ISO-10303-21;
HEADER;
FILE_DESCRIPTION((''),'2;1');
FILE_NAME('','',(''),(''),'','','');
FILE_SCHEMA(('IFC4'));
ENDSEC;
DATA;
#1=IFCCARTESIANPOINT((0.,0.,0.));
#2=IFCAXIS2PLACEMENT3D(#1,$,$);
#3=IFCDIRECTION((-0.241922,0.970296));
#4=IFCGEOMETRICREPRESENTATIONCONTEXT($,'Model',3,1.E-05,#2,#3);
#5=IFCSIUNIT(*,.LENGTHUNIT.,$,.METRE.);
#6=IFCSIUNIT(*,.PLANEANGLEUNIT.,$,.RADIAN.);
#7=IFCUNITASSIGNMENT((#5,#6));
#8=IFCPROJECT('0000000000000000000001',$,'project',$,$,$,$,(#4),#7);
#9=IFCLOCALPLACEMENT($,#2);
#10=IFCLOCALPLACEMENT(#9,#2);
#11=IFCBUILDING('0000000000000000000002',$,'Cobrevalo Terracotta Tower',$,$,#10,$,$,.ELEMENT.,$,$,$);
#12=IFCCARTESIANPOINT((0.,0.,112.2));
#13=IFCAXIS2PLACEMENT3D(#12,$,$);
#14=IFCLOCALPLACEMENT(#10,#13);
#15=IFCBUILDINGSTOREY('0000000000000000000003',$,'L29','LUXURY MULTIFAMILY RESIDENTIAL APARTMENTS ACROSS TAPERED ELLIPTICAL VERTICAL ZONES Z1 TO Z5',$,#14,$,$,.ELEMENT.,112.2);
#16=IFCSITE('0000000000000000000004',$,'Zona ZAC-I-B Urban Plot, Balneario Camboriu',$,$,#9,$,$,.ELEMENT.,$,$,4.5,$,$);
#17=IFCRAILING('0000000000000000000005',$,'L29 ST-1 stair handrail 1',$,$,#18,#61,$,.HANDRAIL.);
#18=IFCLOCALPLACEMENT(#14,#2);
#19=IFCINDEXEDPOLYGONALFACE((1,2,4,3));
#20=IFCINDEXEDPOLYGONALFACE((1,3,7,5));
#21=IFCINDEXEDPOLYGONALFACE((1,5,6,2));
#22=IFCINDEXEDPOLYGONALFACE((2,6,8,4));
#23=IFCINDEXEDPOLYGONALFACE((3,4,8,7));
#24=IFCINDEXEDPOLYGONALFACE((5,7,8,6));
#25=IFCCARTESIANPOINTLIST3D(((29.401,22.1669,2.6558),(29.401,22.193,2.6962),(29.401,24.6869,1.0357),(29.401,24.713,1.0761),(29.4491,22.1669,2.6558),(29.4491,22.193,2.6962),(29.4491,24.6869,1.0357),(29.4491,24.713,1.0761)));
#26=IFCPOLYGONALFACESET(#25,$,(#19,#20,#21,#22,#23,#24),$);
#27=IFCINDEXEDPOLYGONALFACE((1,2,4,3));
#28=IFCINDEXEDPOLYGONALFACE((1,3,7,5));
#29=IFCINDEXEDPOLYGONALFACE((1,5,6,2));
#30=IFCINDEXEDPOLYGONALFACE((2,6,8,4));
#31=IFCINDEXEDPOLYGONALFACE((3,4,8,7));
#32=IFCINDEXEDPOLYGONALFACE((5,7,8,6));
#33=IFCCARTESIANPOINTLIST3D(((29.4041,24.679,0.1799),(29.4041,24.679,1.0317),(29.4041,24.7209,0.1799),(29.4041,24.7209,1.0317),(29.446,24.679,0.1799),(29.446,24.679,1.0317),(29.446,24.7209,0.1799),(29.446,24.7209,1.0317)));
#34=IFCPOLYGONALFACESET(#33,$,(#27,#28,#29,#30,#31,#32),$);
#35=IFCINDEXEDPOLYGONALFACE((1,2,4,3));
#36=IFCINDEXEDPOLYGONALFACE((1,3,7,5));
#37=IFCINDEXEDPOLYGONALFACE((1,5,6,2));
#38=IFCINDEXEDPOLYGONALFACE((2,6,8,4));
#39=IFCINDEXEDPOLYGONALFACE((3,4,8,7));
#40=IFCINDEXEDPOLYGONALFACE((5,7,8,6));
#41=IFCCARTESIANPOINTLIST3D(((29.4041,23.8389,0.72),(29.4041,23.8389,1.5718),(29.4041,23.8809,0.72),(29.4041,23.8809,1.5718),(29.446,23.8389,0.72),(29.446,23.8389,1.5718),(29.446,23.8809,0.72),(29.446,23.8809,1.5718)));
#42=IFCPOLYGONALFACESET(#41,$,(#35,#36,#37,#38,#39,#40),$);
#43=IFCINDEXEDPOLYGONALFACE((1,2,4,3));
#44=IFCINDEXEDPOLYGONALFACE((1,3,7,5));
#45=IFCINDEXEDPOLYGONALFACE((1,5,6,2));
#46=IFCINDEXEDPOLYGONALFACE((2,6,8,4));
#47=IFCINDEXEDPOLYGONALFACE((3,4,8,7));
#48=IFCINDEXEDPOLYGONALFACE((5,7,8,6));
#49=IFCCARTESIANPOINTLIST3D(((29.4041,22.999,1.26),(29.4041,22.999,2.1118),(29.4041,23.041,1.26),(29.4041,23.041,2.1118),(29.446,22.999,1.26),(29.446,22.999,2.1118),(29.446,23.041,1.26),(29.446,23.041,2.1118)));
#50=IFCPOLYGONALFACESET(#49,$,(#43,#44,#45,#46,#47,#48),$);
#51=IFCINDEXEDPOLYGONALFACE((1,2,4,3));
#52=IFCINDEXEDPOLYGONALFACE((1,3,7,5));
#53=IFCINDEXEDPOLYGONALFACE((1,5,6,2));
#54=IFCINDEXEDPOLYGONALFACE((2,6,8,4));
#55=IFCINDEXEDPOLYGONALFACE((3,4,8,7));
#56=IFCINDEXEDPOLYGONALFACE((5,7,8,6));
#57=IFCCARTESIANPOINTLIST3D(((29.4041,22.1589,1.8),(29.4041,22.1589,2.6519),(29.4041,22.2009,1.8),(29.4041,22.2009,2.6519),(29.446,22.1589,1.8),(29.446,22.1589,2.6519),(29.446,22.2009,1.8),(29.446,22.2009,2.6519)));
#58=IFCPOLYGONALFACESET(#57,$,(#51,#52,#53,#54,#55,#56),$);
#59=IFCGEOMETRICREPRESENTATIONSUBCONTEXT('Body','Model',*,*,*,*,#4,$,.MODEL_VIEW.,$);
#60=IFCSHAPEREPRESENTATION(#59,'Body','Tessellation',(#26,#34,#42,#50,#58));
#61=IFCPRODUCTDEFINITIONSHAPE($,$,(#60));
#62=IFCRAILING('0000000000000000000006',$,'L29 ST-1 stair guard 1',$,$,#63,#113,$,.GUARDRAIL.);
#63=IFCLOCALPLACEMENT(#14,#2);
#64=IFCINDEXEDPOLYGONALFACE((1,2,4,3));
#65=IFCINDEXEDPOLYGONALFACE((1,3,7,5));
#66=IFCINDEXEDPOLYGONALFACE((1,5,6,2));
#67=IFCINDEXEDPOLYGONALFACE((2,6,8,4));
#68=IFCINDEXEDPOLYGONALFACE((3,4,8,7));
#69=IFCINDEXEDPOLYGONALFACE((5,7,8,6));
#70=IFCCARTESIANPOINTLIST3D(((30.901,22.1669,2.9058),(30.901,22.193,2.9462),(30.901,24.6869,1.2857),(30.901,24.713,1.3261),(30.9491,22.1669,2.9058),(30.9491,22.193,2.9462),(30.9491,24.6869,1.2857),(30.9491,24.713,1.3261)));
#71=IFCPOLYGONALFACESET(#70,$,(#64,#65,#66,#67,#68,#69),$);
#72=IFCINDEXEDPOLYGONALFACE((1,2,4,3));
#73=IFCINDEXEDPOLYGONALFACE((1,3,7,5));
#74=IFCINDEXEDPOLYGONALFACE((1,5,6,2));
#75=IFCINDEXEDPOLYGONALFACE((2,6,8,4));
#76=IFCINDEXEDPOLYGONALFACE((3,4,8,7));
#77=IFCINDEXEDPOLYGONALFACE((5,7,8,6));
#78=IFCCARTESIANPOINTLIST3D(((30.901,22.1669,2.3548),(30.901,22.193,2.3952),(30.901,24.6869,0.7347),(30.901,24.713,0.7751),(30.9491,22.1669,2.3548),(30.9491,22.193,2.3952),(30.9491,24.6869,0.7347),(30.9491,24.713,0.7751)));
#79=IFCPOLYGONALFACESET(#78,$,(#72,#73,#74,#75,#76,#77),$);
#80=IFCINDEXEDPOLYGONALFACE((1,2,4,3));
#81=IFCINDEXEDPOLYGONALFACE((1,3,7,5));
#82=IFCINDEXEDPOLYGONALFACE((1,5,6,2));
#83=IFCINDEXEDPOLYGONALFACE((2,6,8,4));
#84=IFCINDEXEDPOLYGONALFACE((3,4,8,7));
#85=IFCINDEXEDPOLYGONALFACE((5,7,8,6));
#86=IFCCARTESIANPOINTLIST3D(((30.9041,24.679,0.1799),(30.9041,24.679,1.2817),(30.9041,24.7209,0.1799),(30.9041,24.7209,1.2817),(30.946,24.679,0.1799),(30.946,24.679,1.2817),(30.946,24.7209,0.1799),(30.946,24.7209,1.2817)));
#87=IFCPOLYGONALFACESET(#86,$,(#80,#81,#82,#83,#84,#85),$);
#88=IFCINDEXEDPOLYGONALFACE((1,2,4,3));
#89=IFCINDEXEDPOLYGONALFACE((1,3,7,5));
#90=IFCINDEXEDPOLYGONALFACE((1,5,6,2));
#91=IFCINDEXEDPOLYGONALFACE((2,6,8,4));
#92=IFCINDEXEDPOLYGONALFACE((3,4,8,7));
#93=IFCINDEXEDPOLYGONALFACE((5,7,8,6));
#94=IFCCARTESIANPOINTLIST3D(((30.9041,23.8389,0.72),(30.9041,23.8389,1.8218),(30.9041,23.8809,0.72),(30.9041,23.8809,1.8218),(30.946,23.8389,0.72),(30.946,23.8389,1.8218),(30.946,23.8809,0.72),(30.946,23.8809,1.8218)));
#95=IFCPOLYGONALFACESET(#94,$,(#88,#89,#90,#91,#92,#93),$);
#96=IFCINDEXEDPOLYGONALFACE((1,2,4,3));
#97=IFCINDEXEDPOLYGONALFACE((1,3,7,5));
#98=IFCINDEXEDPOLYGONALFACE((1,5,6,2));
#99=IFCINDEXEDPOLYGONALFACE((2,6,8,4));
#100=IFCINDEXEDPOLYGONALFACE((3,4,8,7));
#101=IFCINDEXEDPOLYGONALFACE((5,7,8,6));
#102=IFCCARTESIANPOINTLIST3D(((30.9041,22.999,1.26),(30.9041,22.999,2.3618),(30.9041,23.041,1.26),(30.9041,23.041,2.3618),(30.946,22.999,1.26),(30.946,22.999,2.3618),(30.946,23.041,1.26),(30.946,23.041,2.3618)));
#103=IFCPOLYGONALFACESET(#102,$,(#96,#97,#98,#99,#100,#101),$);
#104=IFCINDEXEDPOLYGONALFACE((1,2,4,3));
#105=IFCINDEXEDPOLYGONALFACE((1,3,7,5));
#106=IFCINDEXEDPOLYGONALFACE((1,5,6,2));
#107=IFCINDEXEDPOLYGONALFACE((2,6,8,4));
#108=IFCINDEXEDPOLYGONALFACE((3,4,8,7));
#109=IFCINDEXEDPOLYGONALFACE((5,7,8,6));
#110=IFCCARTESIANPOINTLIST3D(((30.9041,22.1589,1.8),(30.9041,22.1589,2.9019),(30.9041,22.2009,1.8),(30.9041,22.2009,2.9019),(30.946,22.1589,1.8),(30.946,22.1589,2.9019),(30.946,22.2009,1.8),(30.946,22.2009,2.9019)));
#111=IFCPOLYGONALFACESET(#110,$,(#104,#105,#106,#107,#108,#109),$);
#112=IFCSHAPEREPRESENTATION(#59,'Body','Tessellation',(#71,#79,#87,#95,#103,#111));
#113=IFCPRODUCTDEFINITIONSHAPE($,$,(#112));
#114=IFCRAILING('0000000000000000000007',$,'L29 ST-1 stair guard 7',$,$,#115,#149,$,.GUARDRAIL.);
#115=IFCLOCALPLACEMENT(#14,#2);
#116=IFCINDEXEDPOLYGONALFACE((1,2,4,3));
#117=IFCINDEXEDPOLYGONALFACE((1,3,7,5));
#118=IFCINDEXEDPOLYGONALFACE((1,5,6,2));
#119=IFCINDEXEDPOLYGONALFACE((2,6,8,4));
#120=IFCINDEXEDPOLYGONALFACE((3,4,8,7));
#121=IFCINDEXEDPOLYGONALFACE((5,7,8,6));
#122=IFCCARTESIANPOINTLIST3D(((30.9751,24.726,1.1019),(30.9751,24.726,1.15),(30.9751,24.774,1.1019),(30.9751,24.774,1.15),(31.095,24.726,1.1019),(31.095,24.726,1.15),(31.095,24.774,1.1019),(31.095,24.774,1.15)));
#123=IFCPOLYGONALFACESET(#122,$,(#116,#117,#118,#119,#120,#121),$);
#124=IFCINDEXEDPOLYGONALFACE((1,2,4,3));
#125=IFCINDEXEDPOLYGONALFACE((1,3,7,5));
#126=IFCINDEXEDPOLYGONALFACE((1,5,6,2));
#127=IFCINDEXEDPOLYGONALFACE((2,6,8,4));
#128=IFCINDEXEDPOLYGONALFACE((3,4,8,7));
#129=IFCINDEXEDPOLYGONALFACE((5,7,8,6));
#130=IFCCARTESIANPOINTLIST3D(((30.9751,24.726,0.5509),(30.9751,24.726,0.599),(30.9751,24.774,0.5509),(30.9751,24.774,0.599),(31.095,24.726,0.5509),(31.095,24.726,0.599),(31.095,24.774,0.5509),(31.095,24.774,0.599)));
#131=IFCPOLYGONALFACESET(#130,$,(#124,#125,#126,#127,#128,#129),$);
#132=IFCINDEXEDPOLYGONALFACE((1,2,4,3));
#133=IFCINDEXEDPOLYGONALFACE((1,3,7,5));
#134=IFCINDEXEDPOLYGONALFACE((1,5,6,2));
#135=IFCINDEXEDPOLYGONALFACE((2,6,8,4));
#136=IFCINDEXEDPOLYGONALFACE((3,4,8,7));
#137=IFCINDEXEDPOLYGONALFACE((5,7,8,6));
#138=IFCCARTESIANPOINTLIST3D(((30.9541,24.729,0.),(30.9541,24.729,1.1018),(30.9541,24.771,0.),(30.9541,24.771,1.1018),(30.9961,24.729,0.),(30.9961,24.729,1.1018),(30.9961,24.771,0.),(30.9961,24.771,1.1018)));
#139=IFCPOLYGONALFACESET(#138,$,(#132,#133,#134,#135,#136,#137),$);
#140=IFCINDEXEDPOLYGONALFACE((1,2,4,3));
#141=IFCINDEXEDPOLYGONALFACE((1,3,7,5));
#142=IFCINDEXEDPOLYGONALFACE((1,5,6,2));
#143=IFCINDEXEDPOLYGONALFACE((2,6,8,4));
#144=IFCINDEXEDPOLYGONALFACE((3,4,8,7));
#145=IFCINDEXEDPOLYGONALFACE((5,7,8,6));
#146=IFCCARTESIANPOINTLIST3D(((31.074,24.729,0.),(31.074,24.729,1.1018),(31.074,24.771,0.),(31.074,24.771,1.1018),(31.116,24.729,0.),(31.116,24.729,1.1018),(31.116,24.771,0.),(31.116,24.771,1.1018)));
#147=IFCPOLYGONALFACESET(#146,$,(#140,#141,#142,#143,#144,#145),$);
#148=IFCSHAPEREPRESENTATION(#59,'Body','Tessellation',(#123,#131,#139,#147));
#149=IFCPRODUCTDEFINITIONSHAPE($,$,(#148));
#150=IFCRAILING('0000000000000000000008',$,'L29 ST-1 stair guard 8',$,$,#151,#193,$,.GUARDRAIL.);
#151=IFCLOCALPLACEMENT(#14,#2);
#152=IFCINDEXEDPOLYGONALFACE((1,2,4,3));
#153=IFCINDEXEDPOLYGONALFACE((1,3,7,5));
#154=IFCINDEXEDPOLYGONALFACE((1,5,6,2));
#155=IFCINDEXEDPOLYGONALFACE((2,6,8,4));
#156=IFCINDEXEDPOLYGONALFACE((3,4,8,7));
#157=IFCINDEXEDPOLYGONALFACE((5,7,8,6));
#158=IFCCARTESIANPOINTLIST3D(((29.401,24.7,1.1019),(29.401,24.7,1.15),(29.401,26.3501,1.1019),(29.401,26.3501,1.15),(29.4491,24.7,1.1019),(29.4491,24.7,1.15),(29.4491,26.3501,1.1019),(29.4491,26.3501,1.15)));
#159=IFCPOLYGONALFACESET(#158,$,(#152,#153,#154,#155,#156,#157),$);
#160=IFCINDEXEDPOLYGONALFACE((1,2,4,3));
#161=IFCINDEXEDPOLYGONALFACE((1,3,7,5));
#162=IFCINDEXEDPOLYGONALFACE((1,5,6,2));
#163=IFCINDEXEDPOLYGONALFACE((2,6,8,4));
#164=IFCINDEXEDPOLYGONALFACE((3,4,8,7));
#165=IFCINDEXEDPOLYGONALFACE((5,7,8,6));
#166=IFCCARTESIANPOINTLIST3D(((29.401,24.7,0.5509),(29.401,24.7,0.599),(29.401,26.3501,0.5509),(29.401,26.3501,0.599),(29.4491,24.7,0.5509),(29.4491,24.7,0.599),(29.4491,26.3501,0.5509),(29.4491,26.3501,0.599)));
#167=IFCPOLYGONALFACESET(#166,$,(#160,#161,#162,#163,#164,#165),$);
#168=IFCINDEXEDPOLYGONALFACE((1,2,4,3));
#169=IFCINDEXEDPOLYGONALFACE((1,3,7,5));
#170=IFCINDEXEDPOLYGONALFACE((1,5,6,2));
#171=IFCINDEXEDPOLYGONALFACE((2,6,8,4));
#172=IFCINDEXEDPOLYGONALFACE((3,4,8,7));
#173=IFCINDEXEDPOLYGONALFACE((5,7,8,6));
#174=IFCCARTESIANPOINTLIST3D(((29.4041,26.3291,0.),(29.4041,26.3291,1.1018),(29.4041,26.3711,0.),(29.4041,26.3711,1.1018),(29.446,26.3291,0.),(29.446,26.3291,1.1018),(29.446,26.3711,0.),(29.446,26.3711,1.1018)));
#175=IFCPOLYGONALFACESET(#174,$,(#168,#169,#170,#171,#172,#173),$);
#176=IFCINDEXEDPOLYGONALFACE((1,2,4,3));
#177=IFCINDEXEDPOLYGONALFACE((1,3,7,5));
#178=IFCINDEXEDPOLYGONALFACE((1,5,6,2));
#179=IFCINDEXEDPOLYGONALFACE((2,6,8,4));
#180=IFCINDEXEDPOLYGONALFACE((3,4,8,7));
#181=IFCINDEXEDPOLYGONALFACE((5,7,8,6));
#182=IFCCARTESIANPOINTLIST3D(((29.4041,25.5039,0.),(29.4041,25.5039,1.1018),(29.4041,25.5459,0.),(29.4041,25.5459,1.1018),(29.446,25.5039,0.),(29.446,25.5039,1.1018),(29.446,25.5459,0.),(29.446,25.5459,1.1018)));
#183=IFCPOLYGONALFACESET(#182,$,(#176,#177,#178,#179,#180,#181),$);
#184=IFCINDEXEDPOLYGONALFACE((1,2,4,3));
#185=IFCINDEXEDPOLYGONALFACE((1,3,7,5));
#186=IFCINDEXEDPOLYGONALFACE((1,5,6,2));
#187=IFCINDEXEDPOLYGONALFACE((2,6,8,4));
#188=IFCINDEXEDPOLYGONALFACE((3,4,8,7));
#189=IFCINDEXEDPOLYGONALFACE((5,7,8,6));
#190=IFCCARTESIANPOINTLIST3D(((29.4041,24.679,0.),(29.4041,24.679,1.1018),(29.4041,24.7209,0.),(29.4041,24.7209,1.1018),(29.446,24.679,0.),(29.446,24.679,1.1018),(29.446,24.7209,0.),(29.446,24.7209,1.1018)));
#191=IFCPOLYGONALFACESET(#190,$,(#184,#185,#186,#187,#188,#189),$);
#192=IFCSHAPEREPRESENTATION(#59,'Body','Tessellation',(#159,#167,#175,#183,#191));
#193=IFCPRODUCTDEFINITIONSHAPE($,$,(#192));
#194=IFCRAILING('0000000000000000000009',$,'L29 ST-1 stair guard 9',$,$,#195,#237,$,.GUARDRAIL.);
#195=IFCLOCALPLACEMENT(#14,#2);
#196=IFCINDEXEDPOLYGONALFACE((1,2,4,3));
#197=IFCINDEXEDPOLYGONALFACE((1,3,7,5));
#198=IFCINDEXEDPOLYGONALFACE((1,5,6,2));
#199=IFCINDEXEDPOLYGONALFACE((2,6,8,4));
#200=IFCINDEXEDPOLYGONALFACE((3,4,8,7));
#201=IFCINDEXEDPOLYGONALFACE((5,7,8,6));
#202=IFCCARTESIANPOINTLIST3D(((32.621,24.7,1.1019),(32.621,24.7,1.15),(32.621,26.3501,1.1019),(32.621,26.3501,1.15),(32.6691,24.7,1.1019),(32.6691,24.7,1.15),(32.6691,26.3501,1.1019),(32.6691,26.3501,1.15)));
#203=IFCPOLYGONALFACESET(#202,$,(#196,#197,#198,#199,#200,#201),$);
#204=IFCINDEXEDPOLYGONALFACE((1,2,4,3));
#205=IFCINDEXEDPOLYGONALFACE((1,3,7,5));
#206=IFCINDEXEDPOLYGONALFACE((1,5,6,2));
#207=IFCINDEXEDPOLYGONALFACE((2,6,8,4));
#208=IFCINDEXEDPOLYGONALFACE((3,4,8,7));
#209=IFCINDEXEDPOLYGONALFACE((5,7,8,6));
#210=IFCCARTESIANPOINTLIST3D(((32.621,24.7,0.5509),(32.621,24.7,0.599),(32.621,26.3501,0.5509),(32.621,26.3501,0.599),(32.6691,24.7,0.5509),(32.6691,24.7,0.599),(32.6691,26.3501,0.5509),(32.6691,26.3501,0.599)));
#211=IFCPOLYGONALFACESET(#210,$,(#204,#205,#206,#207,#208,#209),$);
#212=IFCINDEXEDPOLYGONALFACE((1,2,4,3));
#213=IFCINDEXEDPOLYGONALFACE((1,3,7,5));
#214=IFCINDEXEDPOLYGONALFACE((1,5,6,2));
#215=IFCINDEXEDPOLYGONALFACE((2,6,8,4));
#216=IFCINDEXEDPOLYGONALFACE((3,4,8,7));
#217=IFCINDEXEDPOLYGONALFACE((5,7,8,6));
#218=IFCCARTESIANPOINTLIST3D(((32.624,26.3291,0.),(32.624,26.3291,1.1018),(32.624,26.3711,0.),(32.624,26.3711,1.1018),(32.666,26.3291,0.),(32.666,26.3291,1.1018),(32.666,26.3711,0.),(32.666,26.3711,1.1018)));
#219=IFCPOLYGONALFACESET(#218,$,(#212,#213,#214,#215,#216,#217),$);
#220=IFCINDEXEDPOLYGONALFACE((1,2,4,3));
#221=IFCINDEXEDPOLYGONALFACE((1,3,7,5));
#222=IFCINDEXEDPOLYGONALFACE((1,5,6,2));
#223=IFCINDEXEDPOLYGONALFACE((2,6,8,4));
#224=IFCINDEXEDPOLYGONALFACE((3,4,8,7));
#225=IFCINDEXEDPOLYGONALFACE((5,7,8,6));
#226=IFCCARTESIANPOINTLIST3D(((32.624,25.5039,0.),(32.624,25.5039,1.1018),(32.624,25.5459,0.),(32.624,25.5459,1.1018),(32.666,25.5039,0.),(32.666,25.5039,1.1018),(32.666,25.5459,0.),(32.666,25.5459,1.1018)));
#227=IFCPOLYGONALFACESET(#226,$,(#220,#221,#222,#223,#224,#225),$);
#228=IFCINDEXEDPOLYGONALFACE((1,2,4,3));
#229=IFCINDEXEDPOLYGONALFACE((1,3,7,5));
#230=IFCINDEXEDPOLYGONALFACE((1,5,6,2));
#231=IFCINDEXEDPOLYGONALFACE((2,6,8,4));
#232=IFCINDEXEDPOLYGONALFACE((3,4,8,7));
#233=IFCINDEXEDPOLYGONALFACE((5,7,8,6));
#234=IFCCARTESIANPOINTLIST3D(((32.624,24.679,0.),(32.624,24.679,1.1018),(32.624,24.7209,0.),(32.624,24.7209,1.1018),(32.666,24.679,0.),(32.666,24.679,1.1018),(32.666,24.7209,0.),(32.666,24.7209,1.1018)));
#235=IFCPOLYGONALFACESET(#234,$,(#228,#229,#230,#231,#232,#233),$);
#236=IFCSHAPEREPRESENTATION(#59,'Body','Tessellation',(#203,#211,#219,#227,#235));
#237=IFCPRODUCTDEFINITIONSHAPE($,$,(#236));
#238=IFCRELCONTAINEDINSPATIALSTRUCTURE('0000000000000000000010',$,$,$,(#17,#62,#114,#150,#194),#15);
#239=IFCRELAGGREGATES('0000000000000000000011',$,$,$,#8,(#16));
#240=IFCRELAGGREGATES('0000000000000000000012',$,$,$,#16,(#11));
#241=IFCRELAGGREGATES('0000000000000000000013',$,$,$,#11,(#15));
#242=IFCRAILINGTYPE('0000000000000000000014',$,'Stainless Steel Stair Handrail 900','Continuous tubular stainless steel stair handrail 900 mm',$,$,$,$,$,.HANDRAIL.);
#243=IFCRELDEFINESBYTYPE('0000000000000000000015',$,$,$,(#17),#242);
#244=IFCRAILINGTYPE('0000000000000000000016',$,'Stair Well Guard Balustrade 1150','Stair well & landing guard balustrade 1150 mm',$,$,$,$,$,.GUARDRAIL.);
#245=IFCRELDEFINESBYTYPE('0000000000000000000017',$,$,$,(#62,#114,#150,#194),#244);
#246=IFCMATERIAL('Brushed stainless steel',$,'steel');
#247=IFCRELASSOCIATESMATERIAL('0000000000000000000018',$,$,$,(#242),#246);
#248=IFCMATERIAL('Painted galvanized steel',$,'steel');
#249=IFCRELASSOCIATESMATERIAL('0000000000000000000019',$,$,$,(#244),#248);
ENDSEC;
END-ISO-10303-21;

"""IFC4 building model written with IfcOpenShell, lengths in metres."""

from ifc_helpers import new_model, si_unit, direction, frame, origin, origin_2d, place, context, subcontext, project, spatial, rectangle, extrude, material, type_object, element, save


model = new_model("IFC4")

# Units and contexts
model_context = context("Model", 3, precision=1e-05, world=origin(), true_north=direction((-0.241922, 0.970296)))
body_context = subcontext(model_context, "Body", "Model", "MODEL_VIEW")
ifc_project = project(units=[si_unit("LENGTHUNIT", "METRE"), si_unit("PLANEANGLEUNIT", "RADIAN")], contexts=[model_context])

# Site, building, storey
site_placement = place(None, origin())
site = spatial("IfcSite", under=ifc_project, at=site_placement, Name="Zona ZAC-I-B Urban Plot, Balneario Camboriu", CompositionType="ELEMENT", RefElevation=4.5)
building_placement = place(site_placement, origin())
building = spatial("IfcBuilding", under=site, at=building_placement, Name="Cobrevalo Terracotta Tower", CompositionType="ELEMENT")
storey_placement = place(building_placement, frame((0.0, 0.0, 112.2)))
storey = spatial("IfcBuildingStorey", under=building, at=storey_placement, Name="L29", Description="LUXURY MULTIFAMILY RESIDENTIAL APARTMENTS ACROSS TAPERED ELLIPTICAL VERTICAL ZONES Z1 TO Z5", CompositionType="ELEMENT", Elevation=112.2)

# Shared definitions
ifc_material_1 = material(Name="Brushed stainless steel", Category="steel")

# Railings
railing_type_1 = type_object("IfcRailingType", Name="Stainless Steel Stair Handrail 900", Description="Continuous tubular stainless steel stair handrail 900 mm", PredefinedType="HANDRAIL", material=ifc_material_1)
railing_1_placement = place(storey_placement, frame((29.425, 24.7, 0.1799)))
element("IfcRailing", 1, at=railing_1_placement, inside=storey, type_object=railing_type_1, Name="L29 ST-1 stair handrail 1", PredefinedType="HANDRAIL", context=body_context, shape_type="SweptSolid", body=[
    extrude(rectangle(XDim=0.0481, YDim=0.0481, at=origin_2d()), frame((0.0, 0.0, 0.876), z_axis=(0.0, -0.841163, 0.540782), x_axis=(1.0, 0.0, 0.0)), (0.0, 0.0, 1.0), 2.9958),
    extrude(rectangle(XDim=0.042, YDim=0.042, at=origin_2d()), origin(), (0.0, 0.0, 1.0), 0.8518),
    extrude(rectangle(XDim=0.042, YDim=0.042, at=origin_2d()), frame((0.0, -0.8401, 0.54)), (0.0, 0.0, 1.0), 0.8518),
    extrude(rectangle(XDim=0.042, YDim=0.042, at=origin_2d()), frame((0.0, -1.6799, 1.0801)), (0.0, 0.0, 1.0), 0.8518),
    extrude(rectangle(XDim=0.042, YDim=0.042, at=origin_2d()), frame((0.0, -2.52, 1.6201)), (0.0, 0.0, 1.0), 0.8518),
])
ifc_material_2 = material(Name="Painted galvanized steel", Category="steel")
railing_type_2 = type_object("IfcRailingType", Name="Stair Well Guard Balustrade 1150", Description="Stair well & landing guard balustrade 1150 mm", PredefinedType="GUARDRAIL", material=ifc_material_2)
railing_2_placement = place(storey_placement, frame((30.925, 24.7, 0.1799)))
element("IfcRailing", 2, at=railing_2_placement, inside=storey, type_object=railing_type_2, Name="L29 ST-1 stair guard 1", PredefinedType="GUARDRAIL", context=body_context, shape_type="SweptSolid", body=[
    extrude(rectangle(XDim=0.0481, YDim=0.0481, at=origin_2d()), frame((0.0, 0.0, 1.126), z_axis=(0.0, -0.841163, 0.540782), x_axis=(1.0, 0.0, 0.0)), (0.0, 0.0, 1.0), 2.9958),
    extrude(rectangle(XDim=0.0481, YDim=0.0481, at=origin_2d()), frame((0.0, 0.0, 0.575), z_axis=(0.0, -0.841163, 0.540782), x_axis=(1.0, 0.0, 0.0)), (0.0, 0.0, 1.0), 2.9958),
    extrude(rectangle(XDim=0.042, YDim=0.042, at=origin_2d()), origin(), (0.0, 0.0, 1.0), 1.1018),
    extrude(rectangle(XDim=0.042, YDim=0.042, at=origin_2d()), frame((0.0, -0.8401, 0.54)), (0.0, 0.0, 1.0), 1.1018),
    extrude(rectangle(XDim=0.042, YDim=0.042, at=origin_2d()), frame((0.0, -1.6799, 1.0801)), (0.0, 0.0, 1.0), 1.1018),
    extrude(rectangle(XDim=0.042, YDim=0.042, at=origin_2d()), frame((0.0, -2.52, 1.6201)), (0.0, 0.0, 1.0), 1.1018),
])
railing_3_placement = place(storey_placement, frame((30.9751, 24.75, 0.0)))
element("IfcRailing", 3, at=railing_3_placement, inside=storey, type_object=railing_type_2, Name="L29 ST-1 stair guard 7", PredefinedType="GUARDRAIL", context=body_context, shape_type="SweptSolid", body=[
    extrude(rectangle(XDim=0.0481, YDim=0.0481, at=origin_2d()), frame((0.0, 0.0, 1.126), z_axis=(1.0, 0.0, 0.0), x_axis=(0.0, 1.0, 0.0)), (0.0, 0.0, 1.0), 0.1199),
    extrude(rectangle(XDim=0.0481, YDim=0.0481, at=origin_2d()), frame((0.0, 0.0, 0.575), z_axis=(1.0, 0.0, 0.0), x_axis=(0.0, 1.0, 0.0)), (0.0, 0.0, 1.0), 0.1199),
    extrude(rectangle(XDim=0.042, YDim=0.042, at=origin_2d()), origin(), (0.0, 0.0, 1.0), 1.1018),
    extrude(rectangle(XDim=0.042, YDim=0.042, at=origin_2d()), frame((0.1199, 0.0, 0.0)), (0.0, 0.0, 1.0), 1.1018),
])
for number, where, name in (
    (4, (29.425, 26.3501, 0.0), "L29 ST-1 stair guard 8"),
    (5, (32.645, 26.3501, 0.0), "L29 ST-1 stair guard 9"),
):
    element("IfcRailing", number, at=place(storey_placement, frame(where)), inside=storey, type_object=railing_type_2, Name=name, PredefinedType="GUARDRAIL", context=body_context, shape_type="SweptSolid", body=[
        extrude(rectangle(XDim=0.0481, YDim=0.0481, at=origin_2d()), frame((0.0, 0.0, 1.126), z_axis=(0.0, -1.0, 0.0), x_axis=(1.0, 0.0, 0.0)), (0.0, 0.0, 1.0), 1.6501),
        extrude(rectangle(XDim=0.0481, YDim=0.0481, at=origin_2d()), frame((0.0, 0.0, 0.575), z_axis=(0.0, -1.0, 0.0), x_axis=(1.0, 0.0, 0.0)), (0.0, 0.0, 1.0), 1.6501),
        extrude(rectangle(XDim=0.042, YDim=0.042, at=origin_2d()), origin(), (0.0, 0.0, 1.0), 1.1018),
        extrude(rectangle(XDim=0.042, YDim=0.042, at=origin_2d()), frame((0.0, -0.8252, 0.0)), (0.0, 0.0, 1.0), 1.1018),
        extrude(rectangle(XDim=0.042, YDim=0.042, at=origin_2d()), frame((0.0, -1.6501, 0.0)), (0.0, 0.0, 1.0), 1.1018),
    ])

save(model, "model.ifc")
